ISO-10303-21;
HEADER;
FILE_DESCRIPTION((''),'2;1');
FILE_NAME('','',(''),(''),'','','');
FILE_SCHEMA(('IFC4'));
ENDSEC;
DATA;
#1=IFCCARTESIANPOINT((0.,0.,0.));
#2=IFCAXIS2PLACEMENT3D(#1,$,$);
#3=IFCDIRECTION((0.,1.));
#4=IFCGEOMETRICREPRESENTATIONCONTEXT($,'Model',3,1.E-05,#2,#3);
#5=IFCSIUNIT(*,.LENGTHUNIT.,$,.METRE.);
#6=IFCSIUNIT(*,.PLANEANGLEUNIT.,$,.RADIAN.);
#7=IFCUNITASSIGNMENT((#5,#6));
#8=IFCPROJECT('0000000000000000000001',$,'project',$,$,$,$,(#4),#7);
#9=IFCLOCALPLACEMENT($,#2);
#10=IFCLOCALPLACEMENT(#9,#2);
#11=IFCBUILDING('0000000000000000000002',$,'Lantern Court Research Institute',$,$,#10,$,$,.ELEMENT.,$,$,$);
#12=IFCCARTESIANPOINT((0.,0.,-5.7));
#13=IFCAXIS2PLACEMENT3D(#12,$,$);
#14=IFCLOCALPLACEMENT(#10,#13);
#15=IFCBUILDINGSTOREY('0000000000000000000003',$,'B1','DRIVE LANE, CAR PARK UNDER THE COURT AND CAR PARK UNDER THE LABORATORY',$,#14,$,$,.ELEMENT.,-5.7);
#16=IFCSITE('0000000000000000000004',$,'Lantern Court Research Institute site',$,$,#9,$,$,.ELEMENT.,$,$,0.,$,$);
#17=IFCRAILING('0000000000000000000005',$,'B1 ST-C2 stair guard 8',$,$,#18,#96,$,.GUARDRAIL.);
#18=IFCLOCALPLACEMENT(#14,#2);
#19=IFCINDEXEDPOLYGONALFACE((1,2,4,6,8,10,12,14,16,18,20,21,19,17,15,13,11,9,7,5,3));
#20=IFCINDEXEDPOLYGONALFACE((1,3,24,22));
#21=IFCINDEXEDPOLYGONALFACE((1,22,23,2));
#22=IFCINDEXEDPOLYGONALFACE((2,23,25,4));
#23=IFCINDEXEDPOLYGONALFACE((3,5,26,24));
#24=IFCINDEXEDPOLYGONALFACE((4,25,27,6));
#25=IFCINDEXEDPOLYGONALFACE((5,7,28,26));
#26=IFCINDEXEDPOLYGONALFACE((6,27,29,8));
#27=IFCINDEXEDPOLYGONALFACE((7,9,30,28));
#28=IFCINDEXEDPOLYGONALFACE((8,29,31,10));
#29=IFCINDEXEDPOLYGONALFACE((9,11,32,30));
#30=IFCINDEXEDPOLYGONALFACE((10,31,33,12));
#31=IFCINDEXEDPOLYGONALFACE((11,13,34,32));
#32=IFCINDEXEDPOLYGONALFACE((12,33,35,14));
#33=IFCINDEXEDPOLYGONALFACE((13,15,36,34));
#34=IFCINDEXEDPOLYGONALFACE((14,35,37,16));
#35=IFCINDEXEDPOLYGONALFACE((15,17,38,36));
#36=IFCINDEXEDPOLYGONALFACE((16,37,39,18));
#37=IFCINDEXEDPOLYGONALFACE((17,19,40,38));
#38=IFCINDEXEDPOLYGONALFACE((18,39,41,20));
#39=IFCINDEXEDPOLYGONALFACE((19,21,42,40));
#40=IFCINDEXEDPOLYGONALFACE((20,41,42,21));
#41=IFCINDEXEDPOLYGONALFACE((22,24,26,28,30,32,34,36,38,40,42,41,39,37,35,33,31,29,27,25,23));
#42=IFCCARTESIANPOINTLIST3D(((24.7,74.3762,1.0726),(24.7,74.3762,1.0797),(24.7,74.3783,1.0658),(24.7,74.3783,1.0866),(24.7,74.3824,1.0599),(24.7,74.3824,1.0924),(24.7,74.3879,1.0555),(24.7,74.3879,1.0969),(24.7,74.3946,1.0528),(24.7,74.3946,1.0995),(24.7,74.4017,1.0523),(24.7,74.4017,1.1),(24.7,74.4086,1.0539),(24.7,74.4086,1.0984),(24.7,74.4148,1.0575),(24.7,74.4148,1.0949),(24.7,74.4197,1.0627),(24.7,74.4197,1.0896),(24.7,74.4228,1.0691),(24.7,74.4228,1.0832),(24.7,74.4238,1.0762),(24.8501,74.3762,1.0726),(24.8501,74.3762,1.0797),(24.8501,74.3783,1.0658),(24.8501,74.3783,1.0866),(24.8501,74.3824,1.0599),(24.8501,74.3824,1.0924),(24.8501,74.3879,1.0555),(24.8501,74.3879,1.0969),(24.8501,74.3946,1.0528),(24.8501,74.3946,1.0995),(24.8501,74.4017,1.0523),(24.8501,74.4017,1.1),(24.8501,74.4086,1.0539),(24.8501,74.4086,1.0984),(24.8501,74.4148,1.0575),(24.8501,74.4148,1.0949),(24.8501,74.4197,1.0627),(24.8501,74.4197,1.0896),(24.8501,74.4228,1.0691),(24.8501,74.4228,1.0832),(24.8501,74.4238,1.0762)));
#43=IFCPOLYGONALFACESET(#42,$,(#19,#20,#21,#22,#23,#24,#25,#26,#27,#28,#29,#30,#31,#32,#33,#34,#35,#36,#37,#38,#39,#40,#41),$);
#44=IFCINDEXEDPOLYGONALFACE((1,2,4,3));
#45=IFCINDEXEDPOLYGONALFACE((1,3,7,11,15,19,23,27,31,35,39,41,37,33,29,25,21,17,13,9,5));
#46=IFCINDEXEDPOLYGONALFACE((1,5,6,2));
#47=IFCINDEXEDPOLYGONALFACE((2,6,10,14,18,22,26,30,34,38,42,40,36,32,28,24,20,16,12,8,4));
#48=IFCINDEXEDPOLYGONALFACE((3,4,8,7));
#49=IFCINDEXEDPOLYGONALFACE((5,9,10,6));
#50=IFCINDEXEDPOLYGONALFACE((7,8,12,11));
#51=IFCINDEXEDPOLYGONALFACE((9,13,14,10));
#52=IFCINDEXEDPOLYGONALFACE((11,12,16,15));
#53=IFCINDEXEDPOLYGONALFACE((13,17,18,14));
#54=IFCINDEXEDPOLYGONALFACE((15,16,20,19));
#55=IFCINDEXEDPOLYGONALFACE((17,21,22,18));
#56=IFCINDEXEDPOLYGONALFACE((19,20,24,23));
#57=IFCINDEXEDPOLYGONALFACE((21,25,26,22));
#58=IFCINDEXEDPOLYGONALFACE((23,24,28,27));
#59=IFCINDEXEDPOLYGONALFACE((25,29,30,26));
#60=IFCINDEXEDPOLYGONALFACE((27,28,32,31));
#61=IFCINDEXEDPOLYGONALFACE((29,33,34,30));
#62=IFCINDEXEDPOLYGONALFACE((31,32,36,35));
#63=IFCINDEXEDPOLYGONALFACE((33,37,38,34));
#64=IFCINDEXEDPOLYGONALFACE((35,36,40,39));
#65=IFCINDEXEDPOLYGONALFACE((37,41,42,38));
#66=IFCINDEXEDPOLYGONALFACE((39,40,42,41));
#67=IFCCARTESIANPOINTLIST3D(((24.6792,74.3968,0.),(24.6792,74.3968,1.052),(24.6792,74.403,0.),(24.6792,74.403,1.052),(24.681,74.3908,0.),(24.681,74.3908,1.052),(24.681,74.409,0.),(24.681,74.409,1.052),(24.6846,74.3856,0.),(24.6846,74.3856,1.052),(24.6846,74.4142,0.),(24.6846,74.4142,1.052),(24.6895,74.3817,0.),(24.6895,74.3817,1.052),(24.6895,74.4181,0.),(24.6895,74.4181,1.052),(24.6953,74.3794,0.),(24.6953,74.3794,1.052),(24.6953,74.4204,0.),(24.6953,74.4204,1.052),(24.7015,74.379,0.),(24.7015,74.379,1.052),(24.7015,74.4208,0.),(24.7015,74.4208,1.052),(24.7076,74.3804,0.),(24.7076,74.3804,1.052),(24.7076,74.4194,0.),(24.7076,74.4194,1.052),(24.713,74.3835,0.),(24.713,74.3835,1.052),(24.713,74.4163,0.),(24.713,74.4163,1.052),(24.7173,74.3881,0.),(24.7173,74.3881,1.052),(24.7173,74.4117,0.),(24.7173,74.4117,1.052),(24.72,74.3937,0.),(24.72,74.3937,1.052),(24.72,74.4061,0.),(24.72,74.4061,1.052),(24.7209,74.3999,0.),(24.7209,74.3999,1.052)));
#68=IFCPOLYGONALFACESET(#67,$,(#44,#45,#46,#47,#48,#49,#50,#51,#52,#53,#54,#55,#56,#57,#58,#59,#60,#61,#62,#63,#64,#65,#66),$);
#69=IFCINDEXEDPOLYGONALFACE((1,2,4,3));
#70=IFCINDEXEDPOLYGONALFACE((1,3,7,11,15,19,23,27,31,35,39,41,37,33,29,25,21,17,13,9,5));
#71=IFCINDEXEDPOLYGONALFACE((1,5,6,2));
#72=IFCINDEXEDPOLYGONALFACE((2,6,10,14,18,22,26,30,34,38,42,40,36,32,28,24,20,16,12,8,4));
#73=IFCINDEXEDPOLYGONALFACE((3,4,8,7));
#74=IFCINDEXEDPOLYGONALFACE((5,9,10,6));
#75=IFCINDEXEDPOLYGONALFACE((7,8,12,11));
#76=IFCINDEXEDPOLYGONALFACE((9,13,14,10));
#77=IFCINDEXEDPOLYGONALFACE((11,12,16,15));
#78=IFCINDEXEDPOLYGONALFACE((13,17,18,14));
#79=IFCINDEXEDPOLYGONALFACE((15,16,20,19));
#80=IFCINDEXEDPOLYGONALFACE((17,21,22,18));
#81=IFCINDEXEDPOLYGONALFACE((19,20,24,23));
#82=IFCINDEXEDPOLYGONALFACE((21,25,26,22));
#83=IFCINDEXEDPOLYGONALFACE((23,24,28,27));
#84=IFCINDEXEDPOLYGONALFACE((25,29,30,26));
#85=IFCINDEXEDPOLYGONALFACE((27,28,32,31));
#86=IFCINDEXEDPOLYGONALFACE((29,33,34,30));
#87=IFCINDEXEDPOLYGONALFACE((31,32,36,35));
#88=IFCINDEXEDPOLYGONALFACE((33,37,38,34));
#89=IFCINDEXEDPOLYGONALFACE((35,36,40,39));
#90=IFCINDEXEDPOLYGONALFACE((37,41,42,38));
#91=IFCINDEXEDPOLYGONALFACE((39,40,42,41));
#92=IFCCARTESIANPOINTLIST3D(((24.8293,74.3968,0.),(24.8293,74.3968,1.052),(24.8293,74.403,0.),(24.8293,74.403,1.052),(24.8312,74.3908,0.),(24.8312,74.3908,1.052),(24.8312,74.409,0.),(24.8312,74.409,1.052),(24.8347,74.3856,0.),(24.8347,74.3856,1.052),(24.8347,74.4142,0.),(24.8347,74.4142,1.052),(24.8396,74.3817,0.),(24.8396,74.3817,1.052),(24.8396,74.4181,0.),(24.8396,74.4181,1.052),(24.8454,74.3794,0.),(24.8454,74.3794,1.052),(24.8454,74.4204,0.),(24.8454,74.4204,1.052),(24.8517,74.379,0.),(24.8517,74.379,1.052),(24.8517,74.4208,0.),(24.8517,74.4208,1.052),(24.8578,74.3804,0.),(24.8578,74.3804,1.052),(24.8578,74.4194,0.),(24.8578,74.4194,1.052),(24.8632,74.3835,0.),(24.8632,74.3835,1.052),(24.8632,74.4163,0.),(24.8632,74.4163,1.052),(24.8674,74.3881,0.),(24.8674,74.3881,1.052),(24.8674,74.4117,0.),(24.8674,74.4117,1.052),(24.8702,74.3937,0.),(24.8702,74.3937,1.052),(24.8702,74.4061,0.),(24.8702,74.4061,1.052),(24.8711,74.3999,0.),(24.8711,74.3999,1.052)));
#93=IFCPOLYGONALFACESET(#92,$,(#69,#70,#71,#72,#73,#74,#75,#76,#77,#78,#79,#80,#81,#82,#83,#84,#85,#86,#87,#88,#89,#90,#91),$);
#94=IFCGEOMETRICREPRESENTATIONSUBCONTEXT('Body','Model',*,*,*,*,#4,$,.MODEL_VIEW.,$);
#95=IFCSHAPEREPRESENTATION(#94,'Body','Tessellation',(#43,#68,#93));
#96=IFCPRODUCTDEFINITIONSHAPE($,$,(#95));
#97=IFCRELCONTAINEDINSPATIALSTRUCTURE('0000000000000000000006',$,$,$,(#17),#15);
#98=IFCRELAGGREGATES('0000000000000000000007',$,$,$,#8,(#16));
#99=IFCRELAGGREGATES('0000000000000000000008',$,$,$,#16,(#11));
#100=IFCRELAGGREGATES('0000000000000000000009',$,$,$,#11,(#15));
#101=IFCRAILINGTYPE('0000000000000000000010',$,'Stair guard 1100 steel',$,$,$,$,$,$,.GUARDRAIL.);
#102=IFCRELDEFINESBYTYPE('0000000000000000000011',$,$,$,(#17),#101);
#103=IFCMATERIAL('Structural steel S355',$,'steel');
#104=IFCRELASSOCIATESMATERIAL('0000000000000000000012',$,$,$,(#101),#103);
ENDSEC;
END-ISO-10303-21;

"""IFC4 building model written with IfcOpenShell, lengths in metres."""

from ifc_helpers import new_model, si_unit, direction, frame, origin, origin_2d, place, context, subcontext, project, spatial, circle, extrude, material, type_object, element, save


model = new_model("IFC4")

# Units and contexts
model_context = context("Model", 3, precision=1e-05, world=origin(), true_north=direction((0.0, 1.0)))
body_context = subcontext(model_context, "Body", "Model", "MODEL_VIEW")
ifc_project = project(units=[si_unit("LENGTHUNIT", "METRE"), si_unit("PLANEANGLEUNIT", "RADIAN")], contexts=[model_context])

# Site, building, storey
site_placement = place(None, origin())
site = spatial("IfcSite", under=ifc_project, at=site_placement, Name="Lantern Court Research Institute site", CompositionType="ELEMENT", RefElevation=0.0)
building_placement = place(site_placement, origin())
building = spatial("IfcBuilding", under=site, at=building_placement, Name="Lantern Court Research Institute", CompositionType="ELEMENT")
storey_placement = place(building_placement, frame((0.0, 0.0, -5.7)))
storey = spatial("IfcBuildingStorey", under=building, at=storey_placement, Name="B1", Description="DRIVE LANE, CAR PARK UNDER THE COURT AND CAR PARK UNDER THE LABORATORY", CompositionType="ELEMENT", Elevation=-5.7)

# Railing
ifc_material_1 = material(Name="Structural steel S355", Category="steel")
railing_type_1 = type_object("IfcRailingType", Name="Stair guard 1100 steel", PredefinedType="GUARDRAIL", material=ifc_material_1)
railing_1_placement = place(storey_placement, frame((24.7, 74.3999, 0.0)))
element("IfcRailing", 1, at=railing_1_placement, inside=storey, type_object=railing_type_1, Name="B1 ST-C2 stair guard 8", PredefinedType="GUARDRAIL", context=body_context, shape_type="SweptSolid", body=[
    extrude(circle(Radius=0.0239, at=origin_2d()), frame((0.0, 0.0, 1.0762), z_axis=(1.0, 0.0, 0.0), x_axis=(0.0, 1.0, 0.0)), (0.0, 0.0, 1.0), 0.1501),
    extrude(circle(Radius=0.021, at=origin_2d()), origin(), (0.0, 0.0, 1.0), 1.052),
    extrude(circle(Radius=0.021, at=origin_2d()), frame((0.1501, 0.0, 0.0)), (0.0, 0.0, 1.0), 1.052),
])

save(model, "model.ifc")
